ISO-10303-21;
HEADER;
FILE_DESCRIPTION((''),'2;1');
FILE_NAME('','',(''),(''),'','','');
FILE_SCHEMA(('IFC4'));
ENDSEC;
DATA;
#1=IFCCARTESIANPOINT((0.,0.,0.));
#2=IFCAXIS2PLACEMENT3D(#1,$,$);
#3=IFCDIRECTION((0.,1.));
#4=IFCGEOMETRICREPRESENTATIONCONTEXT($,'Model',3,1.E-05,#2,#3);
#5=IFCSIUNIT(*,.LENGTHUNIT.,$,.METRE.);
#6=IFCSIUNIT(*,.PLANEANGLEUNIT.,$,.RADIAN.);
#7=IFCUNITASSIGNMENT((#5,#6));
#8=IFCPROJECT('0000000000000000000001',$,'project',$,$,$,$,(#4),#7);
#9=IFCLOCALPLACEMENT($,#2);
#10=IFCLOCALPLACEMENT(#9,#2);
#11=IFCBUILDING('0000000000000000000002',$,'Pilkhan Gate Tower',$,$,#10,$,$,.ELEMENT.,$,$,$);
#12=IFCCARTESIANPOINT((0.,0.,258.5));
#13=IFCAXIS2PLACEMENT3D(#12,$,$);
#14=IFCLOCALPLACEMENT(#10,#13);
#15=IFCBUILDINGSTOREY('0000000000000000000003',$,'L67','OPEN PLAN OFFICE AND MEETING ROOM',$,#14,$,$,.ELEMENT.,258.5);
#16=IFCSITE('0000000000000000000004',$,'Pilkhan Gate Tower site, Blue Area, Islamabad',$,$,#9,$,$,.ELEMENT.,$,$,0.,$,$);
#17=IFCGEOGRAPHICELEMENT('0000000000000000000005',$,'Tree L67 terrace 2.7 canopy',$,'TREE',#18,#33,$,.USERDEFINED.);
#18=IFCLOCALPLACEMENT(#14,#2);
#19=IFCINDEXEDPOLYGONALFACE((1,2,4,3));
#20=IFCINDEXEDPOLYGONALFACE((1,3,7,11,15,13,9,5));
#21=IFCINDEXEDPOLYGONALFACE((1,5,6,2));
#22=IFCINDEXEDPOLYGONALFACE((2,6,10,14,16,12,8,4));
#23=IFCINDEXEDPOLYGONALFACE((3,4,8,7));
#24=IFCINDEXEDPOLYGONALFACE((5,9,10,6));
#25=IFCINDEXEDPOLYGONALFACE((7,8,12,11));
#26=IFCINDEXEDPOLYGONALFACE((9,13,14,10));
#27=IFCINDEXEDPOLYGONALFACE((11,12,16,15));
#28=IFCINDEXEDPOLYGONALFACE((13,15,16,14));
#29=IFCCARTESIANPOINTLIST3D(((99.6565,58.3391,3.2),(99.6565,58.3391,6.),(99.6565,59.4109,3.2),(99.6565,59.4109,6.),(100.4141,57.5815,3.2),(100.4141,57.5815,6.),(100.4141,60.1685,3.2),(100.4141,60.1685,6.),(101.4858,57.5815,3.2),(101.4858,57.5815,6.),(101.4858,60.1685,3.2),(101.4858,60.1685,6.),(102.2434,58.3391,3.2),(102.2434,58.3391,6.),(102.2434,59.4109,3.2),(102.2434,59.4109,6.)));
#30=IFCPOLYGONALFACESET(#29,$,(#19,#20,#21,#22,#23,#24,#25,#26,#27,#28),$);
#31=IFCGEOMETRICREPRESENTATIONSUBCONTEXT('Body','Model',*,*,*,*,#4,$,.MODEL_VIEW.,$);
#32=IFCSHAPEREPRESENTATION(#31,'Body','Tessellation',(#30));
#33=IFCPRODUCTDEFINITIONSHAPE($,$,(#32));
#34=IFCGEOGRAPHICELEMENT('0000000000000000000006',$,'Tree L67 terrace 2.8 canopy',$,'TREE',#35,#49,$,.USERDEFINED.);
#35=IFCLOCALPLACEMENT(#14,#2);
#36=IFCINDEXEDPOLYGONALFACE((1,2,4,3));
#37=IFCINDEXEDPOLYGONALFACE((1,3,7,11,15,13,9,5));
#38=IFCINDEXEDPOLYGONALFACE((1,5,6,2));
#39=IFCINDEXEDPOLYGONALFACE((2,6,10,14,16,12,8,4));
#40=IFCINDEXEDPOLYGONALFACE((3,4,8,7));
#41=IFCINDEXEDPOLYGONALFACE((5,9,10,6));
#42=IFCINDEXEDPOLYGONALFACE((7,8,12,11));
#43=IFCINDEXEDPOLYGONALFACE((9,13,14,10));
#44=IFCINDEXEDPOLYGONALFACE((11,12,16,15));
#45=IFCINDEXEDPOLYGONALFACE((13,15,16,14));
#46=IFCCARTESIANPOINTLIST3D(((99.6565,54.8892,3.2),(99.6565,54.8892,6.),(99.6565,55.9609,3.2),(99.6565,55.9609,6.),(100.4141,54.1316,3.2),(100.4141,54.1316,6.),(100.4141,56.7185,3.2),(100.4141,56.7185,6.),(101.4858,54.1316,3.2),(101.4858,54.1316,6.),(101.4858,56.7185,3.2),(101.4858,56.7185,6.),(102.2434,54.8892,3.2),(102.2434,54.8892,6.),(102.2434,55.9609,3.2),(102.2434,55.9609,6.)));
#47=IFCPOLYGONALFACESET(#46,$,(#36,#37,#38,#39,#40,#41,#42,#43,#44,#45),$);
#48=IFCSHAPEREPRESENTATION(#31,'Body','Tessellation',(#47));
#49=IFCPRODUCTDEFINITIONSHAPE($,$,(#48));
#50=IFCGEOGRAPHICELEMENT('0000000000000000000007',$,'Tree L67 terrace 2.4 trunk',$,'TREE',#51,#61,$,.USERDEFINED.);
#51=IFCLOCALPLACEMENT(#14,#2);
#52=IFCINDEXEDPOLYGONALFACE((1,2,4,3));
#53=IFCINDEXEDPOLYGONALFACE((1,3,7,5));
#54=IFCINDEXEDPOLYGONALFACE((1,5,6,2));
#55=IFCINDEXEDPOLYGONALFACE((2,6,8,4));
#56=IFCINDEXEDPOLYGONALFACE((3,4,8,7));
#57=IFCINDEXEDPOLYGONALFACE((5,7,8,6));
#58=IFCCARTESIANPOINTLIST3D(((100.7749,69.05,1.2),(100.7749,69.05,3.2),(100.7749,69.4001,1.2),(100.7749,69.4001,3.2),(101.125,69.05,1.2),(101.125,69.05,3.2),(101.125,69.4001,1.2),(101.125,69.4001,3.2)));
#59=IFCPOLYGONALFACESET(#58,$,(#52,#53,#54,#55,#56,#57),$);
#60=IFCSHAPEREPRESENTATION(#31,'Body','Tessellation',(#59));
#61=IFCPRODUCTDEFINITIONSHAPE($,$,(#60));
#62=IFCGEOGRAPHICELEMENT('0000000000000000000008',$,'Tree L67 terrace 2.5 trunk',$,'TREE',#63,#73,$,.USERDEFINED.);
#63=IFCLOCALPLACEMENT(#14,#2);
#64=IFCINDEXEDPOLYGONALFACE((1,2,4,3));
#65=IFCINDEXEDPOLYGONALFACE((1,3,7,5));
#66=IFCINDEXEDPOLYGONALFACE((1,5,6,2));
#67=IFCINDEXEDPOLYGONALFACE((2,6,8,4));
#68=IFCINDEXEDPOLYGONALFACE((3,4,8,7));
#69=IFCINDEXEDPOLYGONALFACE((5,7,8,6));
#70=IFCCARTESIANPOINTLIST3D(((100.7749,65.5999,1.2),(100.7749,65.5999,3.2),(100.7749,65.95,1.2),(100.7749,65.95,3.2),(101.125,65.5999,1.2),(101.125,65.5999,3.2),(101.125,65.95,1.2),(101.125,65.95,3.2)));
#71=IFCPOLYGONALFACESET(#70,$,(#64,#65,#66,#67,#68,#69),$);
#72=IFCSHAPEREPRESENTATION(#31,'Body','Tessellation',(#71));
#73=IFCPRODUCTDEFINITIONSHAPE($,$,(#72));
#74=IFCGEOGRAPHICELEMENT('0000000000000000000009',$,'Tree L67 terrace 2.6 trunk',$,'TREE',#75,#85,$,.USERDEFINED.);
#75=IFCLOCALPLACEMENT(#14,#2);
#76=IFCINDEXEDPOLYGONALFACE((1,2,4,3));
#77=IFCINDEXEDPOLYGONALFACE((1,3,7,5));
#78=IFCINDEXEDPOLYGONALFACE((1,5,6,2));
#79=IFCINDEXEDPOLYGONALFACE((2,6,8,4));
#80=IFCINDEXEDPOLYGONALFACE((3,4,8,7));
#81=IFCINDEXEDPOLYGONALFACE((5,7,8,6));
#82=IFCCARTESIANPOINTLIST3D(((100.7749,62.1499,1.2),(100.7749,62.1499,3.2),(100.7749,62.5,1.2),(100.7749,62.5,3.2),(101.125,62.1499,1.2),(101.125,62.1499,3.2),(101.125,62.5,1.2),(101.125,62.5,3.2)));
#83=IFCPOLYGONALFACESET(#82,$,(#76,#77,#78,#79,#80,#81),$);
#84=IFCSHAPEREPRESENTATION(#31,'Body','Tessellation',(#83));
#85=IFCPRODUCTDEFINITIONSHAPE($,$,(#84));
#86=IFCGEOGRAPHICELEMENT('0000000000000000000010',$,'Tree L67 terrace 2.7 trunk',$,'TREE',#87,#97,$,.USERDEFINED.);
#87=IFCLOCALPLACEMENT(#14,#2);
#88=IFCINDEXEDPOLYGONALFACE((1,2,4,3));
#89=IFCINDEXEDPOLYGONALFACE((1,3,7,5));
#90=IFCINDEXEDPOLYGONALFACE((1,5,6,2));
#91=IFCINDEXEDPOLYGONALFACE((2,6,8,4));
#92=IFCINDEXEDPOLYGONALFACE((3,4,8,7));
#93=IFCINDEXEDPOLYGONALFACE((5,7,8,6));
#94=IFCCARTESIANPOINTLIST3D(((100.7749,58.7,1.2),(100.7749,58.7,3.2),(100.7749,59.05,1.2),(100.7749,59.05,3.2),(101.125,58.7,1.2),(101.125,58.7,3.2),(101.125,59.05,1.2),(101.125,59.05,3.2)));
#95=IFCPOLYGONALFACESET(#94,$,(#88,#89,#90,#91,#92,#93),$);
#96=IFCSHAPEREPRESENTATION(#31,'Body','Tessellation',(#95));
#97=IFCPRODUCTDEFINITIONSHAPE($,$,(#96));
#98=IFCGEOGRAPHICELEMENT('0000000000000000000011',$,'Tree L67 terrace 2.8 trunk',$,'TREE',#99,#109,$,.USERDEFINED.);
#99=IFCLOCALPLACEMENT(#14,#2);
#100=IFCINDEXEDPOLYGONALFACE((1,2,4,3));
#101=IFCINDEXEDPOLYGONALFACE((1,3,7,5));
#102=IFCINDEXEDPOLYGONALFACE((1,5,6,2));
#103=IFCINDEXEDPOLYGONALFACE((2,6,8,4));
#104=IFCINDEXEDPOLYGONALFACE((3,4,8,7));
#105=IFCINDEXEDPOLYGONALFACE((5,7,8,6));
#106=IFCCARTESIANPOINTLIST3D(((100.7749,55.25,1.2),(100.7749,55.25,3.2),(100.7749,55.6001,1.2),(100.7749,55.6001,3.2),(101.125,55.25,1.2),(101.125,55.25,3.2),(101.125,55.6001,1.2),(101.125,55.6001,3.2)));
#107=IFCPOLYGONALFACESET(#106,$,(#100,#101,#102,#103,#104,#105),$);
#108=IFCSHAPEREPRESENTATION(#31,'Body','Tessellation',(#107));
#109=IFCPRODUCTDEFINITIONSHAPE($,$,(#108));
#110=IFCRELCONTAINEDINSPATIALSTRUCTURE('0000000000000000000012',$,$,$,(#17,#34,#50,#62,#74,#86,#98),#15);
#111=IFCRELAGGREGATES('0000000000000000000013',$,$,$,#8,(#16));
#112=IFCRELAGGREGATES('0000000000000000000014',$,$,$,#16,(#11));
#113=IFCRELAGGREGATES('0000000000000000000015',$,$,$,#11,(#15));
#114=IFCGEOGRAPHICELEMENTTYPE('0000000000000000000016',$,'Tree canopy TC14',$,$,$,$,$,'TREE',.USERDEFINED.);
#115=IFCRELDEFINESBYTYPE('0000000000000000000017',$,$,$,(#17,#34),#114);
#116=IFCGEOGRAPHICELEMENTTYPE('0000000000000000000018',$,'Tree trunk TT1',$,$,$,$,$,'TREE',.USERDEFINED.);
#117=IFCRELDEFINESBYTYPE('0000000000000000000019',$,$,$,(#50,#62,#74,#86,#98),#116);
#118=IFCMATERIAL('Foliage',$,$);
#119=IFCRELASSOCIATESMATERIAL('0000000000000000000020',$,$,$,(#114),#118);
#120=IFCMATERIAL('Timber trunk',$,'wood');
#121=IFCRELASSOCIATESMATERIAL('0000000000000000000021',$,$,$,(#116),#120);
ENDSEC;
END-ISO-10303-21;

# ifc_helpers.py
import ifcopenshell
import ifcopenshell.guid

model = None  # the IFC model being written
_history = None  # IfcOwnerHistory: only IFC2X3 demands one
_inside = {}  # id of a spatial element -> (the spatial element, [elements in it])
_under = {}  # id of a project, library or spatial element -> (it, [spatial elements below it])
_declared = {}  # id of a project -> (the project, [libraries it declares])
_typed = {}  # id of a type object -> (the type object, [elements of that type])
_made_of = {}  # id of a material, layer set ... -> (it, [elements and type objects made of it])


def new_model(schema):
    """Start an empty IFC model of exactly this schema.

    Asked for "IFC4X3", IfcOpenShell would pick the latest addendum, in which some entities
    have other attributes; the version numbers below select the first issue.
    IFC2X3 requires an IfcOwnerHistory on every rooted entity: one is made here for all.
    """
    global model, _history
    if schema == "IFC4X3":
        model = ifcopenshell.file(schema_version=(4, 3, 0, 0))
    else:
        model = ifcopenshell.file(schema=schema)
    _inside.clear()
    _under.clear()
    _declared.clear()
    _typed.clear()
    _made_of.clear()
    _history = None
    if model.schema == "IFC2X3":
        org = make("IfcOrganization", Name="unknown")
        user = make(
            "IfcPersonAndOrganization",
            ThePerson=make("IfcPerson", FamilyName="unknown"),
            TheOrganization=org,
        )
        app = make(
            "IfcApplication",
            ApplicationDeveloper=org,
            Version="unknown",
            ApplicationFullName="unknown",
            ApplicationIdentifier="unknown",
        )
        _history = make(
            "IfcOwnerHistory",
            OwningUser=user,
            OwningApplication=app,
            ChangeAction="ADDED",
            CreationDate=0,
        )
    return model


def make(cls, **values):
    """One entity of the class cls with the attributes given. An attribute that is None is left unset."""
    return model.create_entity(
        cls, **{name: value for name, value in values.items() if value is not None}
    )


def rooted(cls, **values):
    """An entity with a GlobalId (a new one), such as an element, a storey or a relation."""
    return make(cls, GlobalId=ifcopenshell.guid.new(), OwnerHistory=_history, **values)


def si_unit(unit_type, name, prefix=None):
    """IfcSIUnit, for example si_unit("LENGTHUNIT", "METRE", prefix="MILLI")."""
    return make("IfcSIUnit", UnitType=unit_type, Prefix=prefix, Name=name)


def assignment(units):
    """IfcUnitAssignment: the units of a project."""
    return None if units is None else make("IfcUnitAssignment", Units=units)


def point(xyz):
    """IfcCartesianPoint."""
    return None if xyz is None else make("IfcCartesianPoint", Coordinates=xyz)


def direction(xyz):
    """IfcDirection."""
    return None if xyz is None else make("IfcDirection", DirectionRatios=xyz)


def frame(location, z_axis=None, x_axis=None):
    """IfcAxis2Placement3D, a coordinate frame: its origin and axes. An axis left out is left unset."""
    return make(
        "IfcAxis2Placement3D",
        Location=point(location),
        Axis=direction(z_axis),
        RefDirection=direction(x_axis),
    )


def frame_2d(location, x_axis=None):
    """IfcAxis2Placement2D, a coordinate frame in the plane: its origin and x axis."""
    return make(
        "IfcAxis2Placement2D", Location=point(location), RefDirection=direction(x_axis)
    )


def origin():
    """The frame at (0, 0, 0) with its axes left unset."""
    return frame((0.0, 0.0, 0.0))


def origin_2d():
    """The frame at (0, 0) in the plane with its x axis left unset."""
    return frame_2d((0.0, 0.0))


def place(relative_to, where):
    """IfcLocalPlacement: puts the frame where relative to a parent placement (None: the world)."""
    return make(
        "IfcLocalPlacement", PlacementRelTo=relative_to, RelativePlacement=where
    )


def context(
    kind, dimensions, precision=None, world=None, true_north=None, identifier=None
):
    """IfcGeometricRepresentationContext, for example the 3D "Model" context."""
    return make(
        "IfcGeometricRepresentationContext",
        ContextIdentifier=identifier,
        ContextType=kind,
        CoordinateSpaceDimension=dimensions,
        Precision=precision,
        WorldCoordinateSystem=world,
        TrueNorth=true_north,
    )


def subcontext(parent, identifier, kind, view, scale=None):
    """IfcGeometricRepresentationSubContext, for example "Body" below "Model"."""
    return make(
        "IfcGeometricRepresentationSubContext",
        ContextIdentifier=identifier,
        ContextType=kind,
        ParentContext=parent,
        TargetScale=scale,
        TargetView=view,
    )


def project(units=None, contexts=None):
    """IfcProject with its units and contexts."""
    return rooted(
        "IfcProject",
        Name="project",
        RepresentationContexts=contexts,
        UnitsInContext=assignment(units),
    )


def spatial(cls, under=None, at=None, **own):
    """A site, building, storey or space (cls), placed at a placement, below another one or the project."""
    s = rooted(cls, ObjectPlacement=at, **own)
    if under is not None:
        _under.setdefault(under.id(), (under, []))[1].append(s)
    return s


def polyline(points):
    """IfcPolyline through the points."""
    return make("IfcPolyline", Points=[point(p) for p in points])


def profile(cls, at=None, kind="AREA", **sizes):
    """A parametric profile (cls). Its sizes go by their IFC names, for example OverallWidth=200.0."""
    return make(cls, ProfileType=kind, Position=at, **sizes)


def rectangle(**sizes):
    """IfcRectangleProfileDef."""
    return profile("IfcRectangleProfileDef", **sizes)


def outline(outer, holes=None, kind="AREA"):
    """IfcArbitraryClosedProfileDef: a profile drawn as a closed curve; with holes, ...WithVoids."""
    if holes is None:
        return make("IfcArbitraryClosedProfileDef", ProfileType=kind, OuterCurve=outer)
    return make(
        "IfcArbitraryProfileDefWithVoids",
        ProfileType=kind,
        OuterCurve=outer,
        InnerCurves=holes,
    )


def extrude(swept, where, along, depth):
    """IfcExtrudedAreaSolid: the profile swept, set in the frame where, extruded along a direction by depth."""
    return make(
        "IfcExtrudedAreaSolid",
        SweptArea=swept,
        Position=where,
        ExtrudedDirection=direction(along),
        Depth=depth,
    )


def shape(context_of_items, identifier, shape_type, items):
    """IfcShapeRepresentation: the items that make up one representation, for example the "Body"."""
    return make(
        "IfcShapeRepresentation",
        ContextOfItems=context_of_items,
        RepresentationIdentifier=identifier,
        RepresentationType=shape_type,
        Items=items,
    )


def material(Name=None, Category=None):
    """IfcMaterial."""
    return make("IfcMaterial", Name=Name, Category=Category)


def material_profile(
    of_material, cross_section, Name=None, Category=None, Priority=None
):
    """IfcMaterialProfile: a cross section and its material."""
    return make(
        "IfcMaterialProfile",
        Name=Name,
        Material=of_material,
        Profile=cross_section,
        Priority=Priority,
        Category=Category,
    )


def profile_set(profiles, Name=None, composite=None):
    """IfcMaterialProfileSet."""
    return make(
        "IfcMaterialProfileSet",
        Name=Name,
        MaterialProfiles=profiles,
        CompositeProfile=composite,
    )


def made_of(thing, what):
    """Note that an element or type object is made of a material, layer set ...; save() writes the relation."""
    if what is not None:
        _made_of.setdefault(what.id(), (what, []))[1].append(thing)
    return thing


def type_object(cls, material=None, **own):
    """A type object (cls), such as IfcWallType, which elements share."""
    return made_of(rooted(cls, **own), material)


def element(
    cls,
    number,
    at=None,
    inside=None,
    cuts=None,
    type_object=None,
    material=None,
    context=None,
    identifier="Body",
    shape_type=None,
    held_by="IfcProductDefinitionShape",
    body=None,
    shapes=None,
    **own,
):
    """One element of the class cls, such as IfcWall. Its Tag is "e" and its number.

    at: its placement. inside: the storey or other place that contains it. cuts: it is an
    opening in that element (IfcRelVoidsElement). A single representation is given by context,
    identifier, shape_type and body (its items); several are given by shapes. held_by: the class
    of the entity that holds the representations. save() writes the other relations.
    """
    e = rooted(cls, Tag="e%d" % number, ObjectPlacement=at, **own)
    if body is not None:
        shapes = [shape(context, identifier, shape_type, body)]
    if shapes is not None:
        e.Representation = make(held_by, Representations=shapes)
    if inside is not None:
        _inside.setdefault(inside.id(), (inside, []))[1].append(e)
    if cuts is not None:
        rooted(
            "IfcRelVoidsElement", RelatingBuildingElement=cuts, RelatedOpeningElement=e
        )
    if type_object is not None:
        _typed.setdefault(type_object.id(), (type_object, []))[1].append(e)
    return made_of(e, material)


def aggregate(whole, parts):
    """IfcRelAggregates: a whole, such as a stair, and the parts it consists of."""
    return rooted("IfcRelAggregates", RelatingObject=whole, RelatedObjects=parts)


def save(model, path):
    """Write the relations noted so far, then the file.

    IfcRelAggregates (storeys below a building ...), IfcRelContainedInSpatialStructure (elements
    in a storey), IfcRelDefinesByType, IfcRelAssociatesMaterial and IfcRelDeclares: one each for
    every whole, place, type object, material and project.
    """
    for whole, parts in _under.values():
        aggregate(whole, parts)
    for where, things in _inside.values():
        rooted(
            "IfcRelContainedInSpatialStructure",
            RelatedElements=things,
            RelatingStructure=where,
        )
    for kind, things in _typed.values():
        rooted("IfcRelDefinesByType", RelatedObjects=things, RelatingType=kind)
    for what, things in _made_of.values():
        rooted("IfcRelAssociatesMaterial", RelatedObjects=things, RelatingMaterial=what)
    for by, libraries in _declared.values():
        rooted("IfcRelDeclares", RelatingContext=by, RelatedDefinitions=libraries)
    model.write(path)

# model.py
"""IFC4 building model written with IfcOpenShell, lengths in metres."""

from ifc_helpers import new_model, si_unit, direction, frame, origin, origin_2d, place, context, subcontext, project, spatial, polyline, rectangle, outline, extrude, material, material_profile, profile_set, type_object, element, save


model = new_model("IFC4")

# Units and contexts
model_context = context("Model", 3, precision=1e-05, world=origin(), true_north=direction((0.0, 1.0)))
body_context = subcontext(model_context, "Body", "Model", "MODEL_VIEW")
ifc_project = project(units=[si_unit("LENGTHUNIT", "METRE"), si_unit("PLANEANGLEUNIT", "RADIAN")], contexts=[model_context])

# Site, building, storey
site_placement = place(None, origin())
site = spatial("IfcSite", under=ifc_project, at=site_placement, Name="Pilkhan Gate Tower site, Blue Area, Islamabad", CompositionType="ELEMENT", RefElevation=0.0)
building_placement = place(site_placement, origin())
building = spatial("IfcBuilding", under=site, at=building_placement, Name="Pilkhan Gate Tower", CompositionType="ELEMENT")
storey_placement = place(building_placement, frame((0.0, 0.0, 258.5)))
storey = spatial("IfcBuildingStorey", under=building, at=storey_placement, Name="L67", Description="OPEN PLAN OFFICE AND MEETING ROOM", CompositionType="ELEMENT", Elevation=258.5)

# Geographic elements
ifc_material_1 = material(Name="Foliage")
ifc_material_profile_1 = material_profile(ifc_material_1, outline(polyline([(1.2935, 0.5359), (0.5359, 1.2935), (-0.5359, 1.2935), (-1.2935, 0.5359), (-1.2935, -0.5359), (-0.5359, -1.2935), (0.5359, -1.2935), (1.2935, -0.5359), (1.2935, 0.5359)])), Name="Canopy D2.8")
ifc_profile_set_1 = profile_set([ifc_material_profile_1], Name="Foliage")
geographic_element_type_1 = type_object("IfcGeographicElementType", Name="Tree canopy TC14", ElementType="TREE", PredefinedType="USERDEFINED", material=ifc_profile_set_1)
for number, where, z_axis, x_axis, name in (
    (1, (100.95, 58.875, 3.2), (0.0, 0.0, 1.0), (1.0, 0.0, 0.0), "Tree L67 terrace 2.7 canopy"),
    (2, (100.95, 55.425, 3.2), (0.0, 0.0, 1.0), (1.0, 0.0, 0.0), "Tree L67 terrace 2.8 canopy"),
):
    element("IfcGeographicElement", number, at=place(storey_placement, frame(where, z_axis=z_axis, x_axis=x_axis)), inside=storey, type_object=geographic_element_type_1, Name=name, ObjectType="TREE", PredefinedType="USERDEFINED", context=body_context, shape_type="SweptSolid", body=[
        extrude(outline(polyline([(1.2935, 0.5359), (0.5359, 1.2935), (-0.5359, 1.2935), (-1.2935, 0.5359), (-1.2935, -0.5359), (-0.5359, -1.2935), (0.5359, -1.2935), (1.2935, -0.5359), (1.2935, 0.5359)])), origin(), (0.0, 0.0, 1.0), 2.8),
    ])
ifc_material_2 = material(Name="Timber trunk", Category="wood")
geographic_element_type_2 = type_object("IfcGeographicElementType", Name="Tree trunk TT1", ElementType="TREE", PredefinedType="USERDEFINED", material=ifc_material_2)
for number, where, z_axis, x_axis, name in (
    (3, (100.95, 69.2251, 1.2), (0.0, 0.0, 1.0), (1.0, 0.0, 0.0), "Tree L67 terrace 2.4 trunk"),
    (4, (100.95, 65.7749, 1.2), (0.0, 0.0, 1.0), (1.0, 0.0, 0.0), "Tree L67 terrace 2.5 trunk"),
    (5, (100.95, 62.325, 1.2), (0.0, 0.0, 1.0), (1.0, 0.0, 0.0), "Tree L67 terrace 2.6 trunk"),
    (6, (100.95, 58.875, 1.2), (0.0, 0.0, 1.0), (1.0, 0.0, 0.0), "Tree L67 terrace 2.7 trunk"),
    (7, (100.95, 55.425, 1.2), (0.0, 0.0, 1.0), (1.0, 0.0, 0.0), "Tree L67 terrace 2.8 trunk"),
):
    element("IfcGeographicElement", number, at=place(storey_placement, frame(where, z_axis=z_axis, x_axis=x_axis)), inside=storey, type_object=geographic_element_type_2, Name=name, ObjectType="TREE", PredefinedType="USERDEFINED", context=body_context, shape_type="SweptSolid", body=[
        extrude(rectangle(XDim=0.3501, YDim=0.3501, at=origin_2d()), origin(), (0.0, 0.0, 1.0), 2.0),
    ])

save(model, "model.ifc")
